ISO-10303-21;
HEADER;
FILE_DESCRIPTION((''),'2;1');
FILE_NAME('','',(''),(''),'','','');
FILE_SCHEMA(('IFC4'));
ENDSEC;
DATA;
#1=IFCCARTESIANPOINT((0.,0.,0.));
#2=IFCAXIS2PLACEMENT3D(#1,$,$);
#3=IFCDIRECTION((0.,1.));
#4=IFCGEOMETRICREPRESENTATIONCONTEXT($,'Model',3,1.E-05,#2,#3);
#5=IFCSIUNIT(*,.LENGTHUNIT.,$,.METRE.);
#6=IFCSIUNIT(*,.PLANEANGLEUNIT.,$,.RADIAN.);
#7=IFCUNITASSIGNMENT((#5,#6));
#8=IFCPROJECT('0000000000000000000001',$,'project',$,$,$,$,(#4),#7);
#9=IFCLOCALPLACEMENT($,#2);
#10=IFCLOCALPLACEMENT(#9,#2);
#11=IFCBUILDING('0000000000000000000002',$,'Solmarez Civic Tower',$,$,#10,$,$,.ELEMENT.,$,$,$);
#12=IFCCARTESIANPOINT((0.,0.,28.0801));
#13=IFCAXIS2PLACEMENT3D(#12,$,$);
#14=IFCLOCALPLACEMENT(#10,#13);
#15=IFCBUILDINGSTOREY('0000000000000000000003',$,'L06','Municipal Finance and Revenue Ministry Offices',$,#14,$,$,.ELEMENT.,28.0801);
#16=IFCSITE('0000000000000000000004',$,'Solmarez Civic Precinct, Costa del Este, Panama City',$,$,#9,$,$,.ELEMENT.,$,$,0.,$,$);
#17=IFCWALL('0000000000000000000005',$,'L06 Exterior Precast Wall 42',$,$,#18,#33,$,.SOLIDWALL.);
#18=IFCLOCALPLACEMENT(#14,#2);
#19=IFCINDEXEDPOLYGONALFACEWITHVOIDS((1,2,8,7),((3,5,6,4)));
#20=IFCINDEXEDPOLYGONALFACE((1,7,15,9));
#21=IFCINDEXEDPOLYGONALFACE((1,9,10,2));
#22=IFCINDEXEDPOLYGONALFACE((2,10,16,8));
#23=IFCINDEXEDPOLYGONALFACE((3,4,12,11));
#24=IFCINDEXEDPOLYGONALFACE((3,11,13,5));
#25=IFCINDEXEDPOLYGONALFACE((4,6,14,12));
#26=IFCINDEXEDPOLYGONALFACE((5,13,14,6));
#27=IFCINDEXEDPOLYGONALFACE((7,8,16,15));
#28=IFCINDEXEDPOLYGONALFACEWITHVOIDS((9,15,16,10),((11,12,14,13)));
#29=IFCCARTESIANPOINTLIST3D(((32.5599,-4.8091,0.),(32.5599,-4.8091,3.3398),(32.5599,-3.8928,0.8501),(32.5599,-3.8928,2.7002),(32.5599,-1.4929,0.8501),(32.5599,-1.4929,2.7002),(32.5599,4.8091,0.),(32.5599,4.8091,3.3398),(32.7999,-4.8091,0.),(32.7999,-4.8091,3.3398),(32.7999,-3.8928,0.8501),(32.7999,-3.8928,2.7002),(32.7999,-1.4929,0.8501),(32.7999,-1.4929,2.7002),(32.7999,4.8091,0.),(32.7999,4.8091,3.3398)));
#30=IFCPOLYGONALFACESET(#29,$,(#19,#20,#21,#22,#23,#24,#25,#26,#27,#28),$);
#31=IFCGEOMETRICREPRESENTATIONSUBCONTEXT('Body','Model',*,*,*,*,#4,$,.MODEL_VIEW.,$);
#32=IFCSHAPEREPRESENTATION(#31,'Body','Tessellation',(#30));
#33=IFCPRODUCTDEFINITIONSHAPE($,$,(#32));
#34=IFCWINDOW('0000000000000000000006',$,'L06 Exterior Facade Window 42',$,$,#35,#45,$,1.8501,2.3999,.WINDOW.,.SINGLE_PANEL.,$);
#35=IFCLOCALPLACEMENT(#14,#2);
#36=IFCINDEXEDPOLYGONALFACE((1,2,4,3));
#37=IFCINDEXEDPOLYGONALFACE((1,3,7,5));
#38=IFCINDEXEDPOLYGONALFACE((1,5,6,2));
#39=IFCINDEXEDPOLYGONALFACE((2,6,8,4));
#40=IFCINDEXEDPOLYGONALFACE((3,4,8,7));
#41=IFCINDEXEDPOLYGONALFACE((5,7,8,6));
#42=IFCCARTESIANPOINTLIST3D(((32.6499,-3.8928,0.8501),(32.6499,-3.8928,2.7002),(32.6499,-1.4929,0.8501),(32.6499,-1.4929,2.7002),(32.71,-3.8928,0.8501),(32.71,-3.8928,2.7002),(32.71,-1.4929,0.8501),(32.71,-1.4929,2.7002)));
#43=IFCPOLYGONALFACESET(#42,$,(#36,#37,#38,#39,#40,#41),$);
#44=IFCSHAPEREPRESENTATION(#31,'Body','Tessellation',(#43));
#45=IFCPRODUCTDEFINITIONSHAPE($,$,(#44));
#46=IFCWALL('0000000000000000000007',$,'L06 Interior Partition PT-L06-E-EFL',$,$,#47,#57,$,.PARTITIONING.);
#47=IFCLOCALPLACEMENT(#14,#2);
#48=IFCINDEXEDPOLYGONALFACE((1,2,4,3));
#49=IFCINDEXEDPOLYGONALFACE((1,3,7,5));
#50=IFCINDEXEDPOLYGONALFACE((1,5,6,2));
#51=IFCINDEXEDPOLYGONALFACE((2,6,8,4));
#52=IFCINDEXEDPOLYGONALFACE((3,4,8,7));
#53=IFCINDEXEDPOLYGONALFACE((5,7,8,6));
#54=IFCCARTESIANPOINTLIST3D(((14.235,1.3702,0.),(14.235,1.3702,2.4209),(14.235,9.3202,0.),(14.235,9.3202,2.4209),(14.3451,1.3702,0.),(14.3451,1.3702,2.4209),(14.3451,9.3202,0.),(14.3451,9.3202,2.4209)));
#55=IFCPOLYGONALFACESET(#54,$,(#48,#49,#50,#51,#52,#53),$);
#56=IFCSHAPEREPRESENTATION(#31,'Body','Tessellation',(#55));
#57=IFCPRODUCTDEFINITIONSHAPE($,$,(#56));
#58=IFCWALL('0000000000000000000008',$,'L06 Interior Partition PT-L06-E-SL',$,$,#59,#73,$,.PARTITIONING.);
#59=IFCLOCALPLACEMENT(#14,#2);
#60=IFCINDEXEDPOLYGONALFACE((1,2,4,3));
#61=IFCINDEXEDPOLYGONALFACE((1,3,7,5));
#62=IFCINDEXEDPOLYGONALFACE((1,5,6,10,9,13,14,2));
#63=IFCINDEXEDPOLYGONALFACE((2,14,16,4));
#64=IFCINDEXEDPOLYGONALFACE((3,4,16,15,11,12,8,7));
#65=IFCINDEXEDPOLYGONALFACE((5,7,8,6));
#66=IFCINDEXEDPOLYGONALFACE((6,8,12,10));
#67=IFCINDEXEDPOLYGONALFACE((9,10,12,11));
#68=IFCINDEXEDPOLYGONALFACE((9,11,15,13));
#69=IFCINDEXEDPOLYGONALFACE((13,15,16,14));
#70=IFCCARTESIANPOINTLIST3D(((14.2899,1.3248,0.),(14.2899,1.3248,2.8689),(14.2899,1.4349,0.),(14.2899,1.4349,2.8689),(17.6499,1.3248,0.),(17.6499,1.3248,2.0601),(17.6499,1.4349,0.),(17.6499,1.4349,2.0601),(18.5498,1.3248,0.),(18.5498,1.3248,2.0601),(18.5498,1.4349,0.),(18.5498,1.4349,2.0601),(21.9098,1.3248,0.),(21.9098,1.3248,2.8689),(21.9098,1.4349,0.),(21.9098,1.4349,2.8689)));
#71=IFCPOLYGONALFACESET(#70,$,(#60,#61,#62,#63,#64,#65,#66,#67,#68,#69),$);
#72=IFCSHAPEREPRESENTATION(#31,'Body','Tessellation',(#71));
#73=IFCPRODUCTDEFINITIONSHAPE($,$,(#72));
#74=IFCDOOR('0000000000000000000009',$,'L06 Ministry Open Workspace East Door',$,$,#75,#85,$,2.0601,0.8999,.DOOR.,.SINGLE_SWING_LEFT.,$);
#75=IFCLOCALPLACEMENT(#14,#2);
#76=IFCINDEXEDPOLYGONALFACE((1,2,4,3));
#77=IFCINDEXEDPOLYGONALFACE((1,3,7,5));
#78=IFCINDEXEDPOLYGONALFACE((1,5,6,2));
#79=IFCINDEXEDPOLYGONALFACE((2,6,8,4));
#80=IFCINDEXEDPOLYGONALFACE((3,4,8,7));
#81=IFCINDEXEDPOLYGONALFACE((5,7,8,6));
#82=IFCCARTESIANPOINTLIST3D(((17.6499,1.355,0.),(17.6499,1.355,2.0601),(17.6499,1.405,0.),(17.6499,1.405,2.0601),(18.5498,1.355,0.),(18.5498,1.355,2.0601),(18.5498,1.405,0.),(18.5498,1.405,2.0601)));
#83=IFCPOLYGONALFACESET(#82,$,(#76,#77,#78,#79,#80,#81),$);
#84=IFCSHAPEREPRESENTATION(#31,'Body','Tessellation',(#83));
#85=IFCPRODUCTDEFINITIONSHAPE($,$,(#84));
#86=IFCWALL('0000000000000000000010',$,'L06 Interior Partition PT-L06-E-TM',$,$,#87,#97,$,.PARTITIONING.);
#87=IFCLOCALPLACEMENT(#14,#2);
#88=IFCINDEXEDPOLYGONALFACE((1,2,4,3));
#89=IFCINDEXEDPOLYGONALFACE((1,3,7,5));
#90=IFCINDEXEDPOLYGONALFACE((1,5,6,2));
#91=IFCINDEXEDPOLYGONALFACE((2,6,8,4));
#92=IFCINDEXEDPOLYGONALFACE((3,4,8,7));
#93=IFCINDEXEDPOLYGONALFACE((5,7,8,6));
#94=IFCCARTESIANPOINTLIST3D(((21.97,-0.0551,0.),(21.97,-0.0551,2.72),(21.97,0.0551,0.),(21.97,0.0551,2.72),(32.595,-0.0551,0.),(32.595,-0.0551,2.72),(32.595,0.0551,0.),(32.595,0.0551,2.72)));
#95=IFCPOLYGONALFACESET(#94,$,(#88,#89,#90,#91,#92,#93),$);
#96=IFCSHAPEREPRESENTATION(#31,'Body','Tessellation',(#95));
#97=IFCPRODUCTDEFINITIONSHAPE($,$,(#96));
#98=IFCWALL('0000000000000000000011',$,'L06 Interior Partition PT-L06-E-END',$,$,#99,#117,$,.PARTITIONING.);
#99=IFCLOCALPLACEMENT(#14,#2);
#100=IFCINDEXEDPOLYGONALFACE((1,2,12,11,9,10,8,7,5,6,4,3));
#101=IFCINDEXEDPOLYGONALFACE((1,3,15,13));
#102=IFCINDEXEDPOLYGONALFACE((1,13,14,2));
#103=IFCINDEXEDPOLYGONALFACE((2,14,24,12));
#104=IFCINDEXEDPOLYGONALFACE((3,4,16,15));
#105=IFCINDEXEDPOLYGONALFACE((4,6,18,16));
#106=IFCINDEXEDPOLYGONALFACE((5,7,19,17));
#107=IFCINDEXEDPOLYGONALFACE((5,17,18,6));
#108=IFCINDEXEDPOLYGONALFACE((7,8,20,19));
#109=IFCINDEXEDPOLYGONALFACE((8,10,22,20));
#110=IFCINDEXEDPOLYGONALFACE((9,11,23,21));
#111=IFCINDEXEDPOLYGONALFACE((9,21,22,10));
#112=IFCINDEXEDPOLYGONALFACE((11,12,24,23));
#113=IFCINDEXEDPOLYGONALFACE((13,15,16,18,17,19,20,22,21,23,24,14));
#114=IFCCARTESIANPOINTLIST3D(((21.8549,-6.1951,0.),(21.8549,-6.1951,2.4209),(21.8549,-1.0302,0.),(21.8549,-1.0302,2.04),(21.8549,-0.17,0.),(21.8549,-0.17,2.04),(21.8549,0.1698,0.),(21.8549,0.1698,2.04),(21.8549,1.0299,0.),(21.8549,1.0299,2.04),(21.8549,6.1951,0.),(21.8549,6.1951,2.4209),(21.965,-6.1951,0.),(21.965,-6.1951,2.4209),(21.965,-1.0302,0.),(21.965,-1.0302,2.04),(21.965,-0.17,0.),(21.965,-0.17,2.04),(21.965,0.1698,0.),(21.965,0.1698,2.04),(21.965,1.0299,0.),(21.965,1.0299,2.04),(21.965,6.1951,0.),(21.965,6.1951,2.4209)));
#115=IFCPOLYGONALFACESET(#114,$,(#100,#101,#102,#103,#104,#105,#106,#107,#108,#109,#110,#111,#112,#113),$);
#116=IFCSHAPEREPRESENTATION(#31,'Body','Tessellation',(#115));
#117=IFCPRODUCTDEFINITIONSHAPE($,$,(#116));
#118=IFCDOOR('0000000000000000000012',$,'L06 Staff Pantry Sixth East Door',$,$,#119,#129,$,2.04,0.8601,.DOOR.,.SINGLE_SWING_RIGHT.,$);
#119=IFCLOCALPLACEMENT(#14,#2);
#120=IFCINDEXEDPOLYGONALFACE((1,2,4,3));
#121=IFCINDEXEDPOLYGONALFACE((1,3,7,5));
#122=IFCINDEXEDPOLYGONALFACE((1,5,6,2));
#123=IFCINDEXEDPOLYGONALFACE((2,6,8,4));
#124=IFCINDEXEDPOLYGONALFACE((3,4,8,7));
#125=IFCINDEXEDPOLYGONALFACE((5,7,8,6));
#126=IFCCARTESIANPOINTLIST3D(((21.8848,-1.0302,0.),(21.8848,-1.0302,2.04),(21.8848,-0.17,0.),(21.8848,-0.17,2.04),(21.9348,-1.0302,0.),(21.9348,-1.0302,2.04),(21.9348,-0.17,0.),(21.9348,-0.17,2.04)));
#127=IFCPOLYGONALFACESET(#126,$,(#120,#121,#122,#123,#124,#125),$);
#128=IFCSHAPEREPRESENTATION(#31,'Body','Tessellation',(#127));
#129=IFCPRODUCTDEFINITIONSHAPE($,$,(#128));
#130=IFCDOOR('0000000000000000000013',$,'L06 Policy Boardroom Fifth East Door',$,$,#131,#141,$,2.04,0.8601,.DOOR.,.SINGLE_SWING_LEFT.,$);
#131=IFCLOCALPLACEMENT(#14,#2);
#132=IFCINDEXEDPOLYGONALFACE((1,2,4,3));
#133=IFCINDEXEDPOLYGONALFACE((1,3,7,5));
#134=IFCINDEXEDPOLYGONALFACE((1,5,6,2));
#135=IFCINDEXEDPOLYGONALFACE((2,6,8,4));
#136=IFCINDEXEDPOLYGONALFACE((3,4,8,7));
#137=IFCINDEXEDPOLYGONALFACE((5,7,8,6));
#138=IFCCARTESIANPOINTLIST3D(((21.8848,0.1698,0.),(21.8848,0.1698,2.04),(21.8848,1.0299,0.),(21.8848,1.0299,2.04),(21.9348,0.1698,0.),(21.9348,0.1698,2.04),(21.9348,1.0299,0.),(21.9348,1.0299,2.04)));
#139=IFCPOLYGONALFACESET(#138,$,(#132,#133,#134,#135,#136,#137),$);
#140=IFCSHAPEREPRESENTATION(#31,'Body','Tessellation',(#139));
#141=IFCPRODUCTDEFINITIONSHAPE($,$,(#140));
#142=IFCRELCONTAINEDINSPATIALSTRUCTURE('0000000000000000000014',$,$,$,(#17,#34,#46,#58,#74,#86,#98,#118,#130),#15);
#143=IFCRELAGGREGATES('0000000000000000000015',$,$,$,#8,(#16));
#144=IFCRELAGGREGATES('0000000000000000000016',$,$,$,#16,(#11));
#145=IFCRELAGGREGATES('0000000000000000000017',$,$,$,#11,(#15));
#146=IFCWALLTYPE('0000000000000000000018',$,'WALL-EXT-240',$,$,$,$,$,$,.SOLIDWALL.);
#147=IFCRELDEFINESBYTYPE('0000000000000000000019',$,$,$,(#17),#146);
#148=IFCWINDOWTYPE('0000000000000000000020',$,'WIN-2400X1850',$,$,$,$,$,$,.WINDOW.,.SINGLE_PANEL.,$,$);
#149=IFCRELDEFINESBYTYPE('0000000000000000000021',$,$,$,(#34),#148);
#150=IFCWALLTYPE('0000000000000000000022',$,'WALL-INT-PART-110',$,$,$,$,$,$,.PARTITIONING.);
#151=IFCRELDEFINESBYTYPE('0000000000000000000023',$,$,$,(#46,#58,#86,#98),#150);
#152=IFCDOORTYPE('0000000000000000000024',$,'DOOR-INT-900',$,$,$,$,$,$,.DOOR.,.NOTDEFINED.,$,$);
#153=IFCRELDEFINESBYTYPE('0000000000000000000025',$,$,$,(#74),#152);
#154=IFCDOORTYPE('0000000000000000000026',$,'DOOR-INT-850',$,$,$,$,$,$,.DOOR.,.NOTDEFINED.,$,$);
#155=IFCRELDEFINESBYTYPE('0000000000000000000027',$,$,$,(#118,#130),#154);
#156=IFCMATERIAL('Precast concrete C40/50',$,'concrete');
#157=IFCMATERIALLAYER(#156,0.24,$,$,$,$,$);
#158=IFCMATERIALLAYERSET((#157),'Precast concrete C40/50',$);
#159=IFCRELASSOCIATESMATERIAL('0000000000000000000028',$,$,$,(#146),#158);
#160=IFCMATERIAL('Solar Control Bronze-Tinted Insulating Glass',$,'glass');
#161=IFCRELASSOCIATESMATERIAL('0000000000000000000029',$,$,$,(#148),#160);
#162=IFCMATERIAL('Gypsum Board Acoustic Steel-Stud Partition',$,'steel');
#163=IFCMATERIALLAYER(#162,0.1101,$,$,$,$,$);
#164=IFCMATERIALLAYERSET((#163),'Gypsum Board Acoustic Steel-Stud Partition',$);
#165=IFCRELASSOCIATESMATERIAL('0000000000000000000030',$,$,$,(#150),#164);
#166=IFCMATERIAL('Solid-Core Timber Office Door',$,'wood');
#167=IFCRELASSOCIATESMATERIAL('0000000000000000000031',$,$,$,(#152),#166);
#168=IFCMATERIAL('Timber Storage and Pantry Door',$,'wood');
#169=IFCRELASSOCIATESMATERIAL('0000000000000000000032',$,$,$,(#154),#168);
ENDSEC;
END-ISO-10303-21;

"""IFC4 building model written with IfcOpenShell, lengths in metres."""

from ifc_helpers import new_model, si_unit, direction, frame, frame_2d, origin, place, context, subcontext, project, spatial, rectangle, extrude, material, layer, layer_set, type_object, element, fill, save


model = new_model("IFC4")

# Units and contexts
model_context = context("Model", 3, precision=1e-05, world=origin(), true_north=direction((0.0, 1.0)))
body_context = subcontext(model_context, "Body", "Model", "MODEL_VIEW")
ifc_project = project(units=[si_unit("LENGTHUNIT", "METRE"), si_unit("PLANEANGLEUNIT", "RADIAN")], contexts=[model_context])

# Site, building, storey
site_placement = place(None, origin())
site = spatial("IfcSite", under=ifc_project, at=site_placement, Name="Solmarez Civic Precinct, Costa del Este, Panama City", CompositionType="ELEMENT", RefElevation=0.0)
building_placement = place(site_placement, origin())
building = spatial("IfcBuilding", under=site, at=building_placement, Name="Solmarez Civic Tower", CompositionType="ELEMENT")
storey_placement = place(building_placement, frame((0.0, 0.0, 28.0801)))
storey = spatial("IfcBuildingStorey", under=building, at=storey_placement, Name="L06", Description="Municipal Finance and Revenue Ministry Offices", CompositionType="ELEMENT", Elevation=28.0801)

# Shared definitions
ifc_material_1 = material(Name="Precast concrete C40/50", Category="concrete")
ifc_layer_1 = layer(ifc_material_1, 0.24)
ifc_layer_set_1 = layer_set([ifc_layer_1], Name="Precast concrete C40/50")
wall_type_1 = type_object("IfcWallType", Name="WALL-EXT-240", PredefinedType="SOLIDWALL", material=ifc_layer_set_1)

# Shared definitions
ifc_material_2 = material(Name="Solar Control Bronze-Tinted Insulating Glass", Category="glass")

# Wall, opening, window
wall_1_placement = place(storey_placement, frame((32.6799, 4.8091, 0.0), z_axis=(0.0, 0.0, 1.0), x_axis=(0.0, -1.0, 0.0)))
wall_1 = element("IfcWall", 1, at=wall_1_placement, inside=storey, type_object=wall_type_1, Name="L06 Exterior Precast Wall 42", PredefinedType="SOLIDWALL", context=body_context, shape_type="SweptSolid", body=[
    extrude(rectangle(XDim=9.6182, YDim=0.24, at=frame_2d((4.8091, 0.0))), origin(), (0.0, 0.0, 1.0), 3.3398),
])
opening_1_placement = place(wall_1_placement, frame((6.302, 0.0, 0.8501)))
opening_1 = element("IfcOpeningElement", 2, at=opening_1_placement, cuts=wall_1, PredefinedType="OPENING", context=body_context, shape_type="SweptSolid", body=[
    extrude(rectangle(XDim=2.3999, YDim=1.8501, at=frame_2d((1.2, 0.925))), frame((0.0, 0.1299, 0.0), z_axis=(0.0, -1.0, 0.0), x_axis=(1.0, 0.0, 0.0)), (0.0, 0.0, 1.0), 0.26),
])
window_type_1 = type_object("IfcWindowType", Name="WIN-2400X1850", PartitioningType="SINGLE_PANEL", PredefinedType="WINDOW", material=ifc_material_2)
window_1_placement = place(opening_1_placement, origin())
window_1 = element("IfcWindow", 3, at=window_1_placement, inside=storey, type_object=window_type_1, Name="L06 Exterior Facade Window 42", OverallHeight=1.8501, OverallWidth=2.3999, PartitioningType="SINGLE_PANEL", PredefinedType="WINDOW", context=body_context, shape_type="SweptSolid", body=[
    extrude(rectangle(XDim=2.3999, YDim=1.8501, at=frame_2d((1.2, 0.925))), frame((0.0, 0.03, 0.0), z_axis=(0.0, -1.0, 0.0), x_axis=(1.0, 0.0, 0.0)), (0.0, 0.0, 1.0), 0.0601),
])
fill(opening_1, window_1)

# Wall
ifc_material_3 = material(Name="Gypsum Board Acoustic Steel-Stud Partition", Category="steel")
ifc_layer_2 = layer(ifc_material_3, 0.1101)
ifc_layer_set_2 = layer_set([ifc_layer_2], Name="Gypsum Board Acoustic Steel-Stud Partition")
wall_type_2 = type_object("IfcWallType", Name="WALL-INT-PART-110", PredefinedType="PARTITIONING", material=ifc_layer_set_2)
wall_2_placement = place(storey_placement, frame((14.29, 1.3701, 0.0), z_axis=(0.0, 0.0, 1.0), x_axis=(0.0, 1.0, 0.0)))
element("IfcWall", 4, at=wall_2_placement, inside=storey, type_object=wall_type_2, Name="L06 Interior Partition PT-L06-E-EFL", PredefinedType="PARTITIONING", context=body_context, shape_type="SweptSolid", body=[
    extrude(rectangle(XDim=7.95, YDim=0.1101, at=frame_2d((3.9751, 0.0))), origin(), (0.0, 0.0, 1.0), 2.4209),
])

# Wall, opening, door
wall_3_placement = place(storey_placement, frame((21.9099, 1.3799, 0.0), z_axis=(0.0, 0.0, 1.0), x_axis=(-1.0, 0.0, 0.0)))
wall_3 = element("IfcWall", 5, at=wall_3_placement, inside=storey, type_object=wall_type_2, Name="L06 Interior Partition PT-L06-E-SL", PredefinedType="PARTITIONING", context=body_context, shape_type="SweptSolid", body=[
    extrude(rectangle(XDim=7.6199, YDim=0.1101, at=frame_2d((3.8101, 0.0))), origin(), (0.0, 0.0, 1.0), 2.8689),
])
opening_2_placement = place(wall_3_placement, frame((3.3601, 0.0, 0.0)))
opening_2 = element("IfcOpeningElement", 6, at=opening_2_placement, cuts=wall_3, PredefinedType="OPENING", context=body_context, shape_type="SweptSolid", body=[
    extrude(rectangle(XDim=0.8999, YDim=2.0601, at=frame_2d((0.45, 1.03))), frame((0.0, 0.0649, 0.0), z_axis=(0.0, -1.0, 0.0), x_axis=(1.0, 0.0, 0.0)), (0.0, 0.0, 1.0), 0.1301),
])
ifc_material_4 = material(Name="Solid-Core Timber Office Door", Category="wood")
door_type_1 = type_object("IfcDoorType", Name="DOOR-INT-900", OperationType="NOTDEFINED", PredefinedType="DOOR", material=ifc_material_4)
door_1_placement = place(opening_2_placement, origin())
door_1 = element("IfcDoor", 7, at=door_1_placement, inside=storey, type_object=door_type_1, Name="L06 Ministry Open Workspace East Door", OperationType="SINGLE_SWING_LEFT", OverallHeight=2.0601, OverallWidth=0.8999, PredefinedType="DOOR", context=body_context, shape_type="SweptSolid", body=[
    extrude(rectangle(XDim=0.8999, YDim=2.0601, at=frame_2d((0.45, 1.03))), frame((0.0, 0.0249, 0.0), z_axis=(0.0, -1.0, 0.0), x_axis=(1.0, 0.0, 0.0)), (0.0, 0.0, 1.0), 0.05),
])
fill(opening_2, door_1)

# Wall
wall_4_placement = place(storey_placement, frame((21.97, 0.0, 0.0), z_axis=(0.0, 0.0, 1.0), x_axis=(1.0, 0.0, 0.0)))
element("IfcWall", 8, at=wall_4_placement, inside=storey, type_object=wall_type_2, Name="L06 Interior Partition PT-L06-E-TM", PredefinedType="PARTITIONING", context=body_context, shape_type="SweptSolid", body=[
    extrude(rectangle(XDim=10.625, YDim=0.1101, at=frame_2d((5.3125, 0.0))), origin(), (0.0, 0.0, 1.0), 2.72),
])

# Wall, openings, doors
wall_5_placement = place(storey_placement, frame((21.9099, 6.1951, 0.0), z_axis=(0.0, 0.0, 1.0), x_axis=(0.0, -1.0, 0.0)))
wall_5 = element("IfcWall", 9, at=wall_5_placement, inside=storey, type_object=wall_type_2, Name="L06 Interior Partition PT-L06-E-END", PredefinedType="PARTITIONING", context=body_context, shape_type="SweptSolid", body=[
    extrude(rectangle(XDim=12.3901, YDim=0.1101, at=frame_2d((6.1951, 0.0))), origin(), (0.0, 0.0, 1.0), 2.4209),
])
opening_3_placement = place(wall_5_placement, frame((6.365, 0.0, 0.0)))
opening_3 = element("IfcOpeningElement", 10, at=opening_3_placement, cuts=wall_5, PredefinedType="OPENING", context=body_context, shape_type="SweptSolid", body=[
    extrude(rectangle(XDim=0.8601, YDim=2.04, at=frame_2d((0.4302, 1.02))), frame((0.0, 0.0649, 0.0), z_axis=(0.0, -1.0, 0.0), x_axis=(1.0, 0.0, 0.0)), (0.0, 0.0, 1.0), 0.1301),
])
opening_4_placement = place(wall_5_placement, frame((5.165, 0.0, 0.0)))
opening_4 = element("IfcOpeningElement", 11, at=opening_4_placement, cuts=wall_5, PredefinedType="OPENING", context=body_context, shape_type="SweptSolid", body=[
    extrude(rectangle(XDim=0.8601, YDim=2.04, at=frame_2d((0.4302, 1.02))), frame((0.0, 0.0649, 0.0), z_axis=(0.0, -1.0, 0.0), x_axis=(1.0, 0.0, 0.0)), (0.0, 0.0, 1.0), 0.1301),
])
ifc_material_5 = material(Name="Timber Storage and Pantry Door", Category="wood")
door_type_2 = type_object("IfcDoorType", Name="DOOR-INT-850", OperationType="NOTDEFINED", PredefinedType="DOOR", material=ifc_material_5)
door_2_placement = place(opening_3_placement, origin())
door_2 = element("IfcDoor", 12, at=door_2_placement, inside=storey, type_object=door_type_2, Name="L06 Staff Pantry Sixth East Door", OperationType="SINGLE_SWING_RIGHT", OverallHeight=2.04, OverallWidth=0.8601, PredefinedType="DOOR", context=body_context, shape_type="SweptSolid", body=[
    extrude(rectangle(XDim=0.8601, YDim=2.04, at=frame_2d((0.4302, 1.02))), frame((0.0, 0.0249, 0.0), z_axis=(0.0, -1.0, 0.0), x_axis=(1.0, 0.0, 0.0)), (0.0, 0.0, 1.0), 0.05),
])
fill(opening_3, door_2)
door_3_placement = place(opening_4_placement, origin())
door_3 = element("IfcDoor", 13, at=door_3_placement, inside=storey, type_object=door_type_2, Name="L06 Policy Boardroom Fifth East Door", OperationType="SINGLE_SWING_LEFT", OverallHeight=2.04, OverallWidth=0.8601, PredefinedType="DOOR", context=body_context, shape_type="SweptSolid", body=[
    extrude(rectangle(XDim=0.8601, YDim=2.04, at=frame_2d((0.4302, 1.02))), frame((0.0, 0.0249, 0.0), z_axis=(0.0, -1.0, 0.0), x_axis=(1.0, 0.0, 0.0)), (0.0, 0.0, 1.0), 0.05),
])
fill(opening_4, door_3)

save(model, "model.ifc")
